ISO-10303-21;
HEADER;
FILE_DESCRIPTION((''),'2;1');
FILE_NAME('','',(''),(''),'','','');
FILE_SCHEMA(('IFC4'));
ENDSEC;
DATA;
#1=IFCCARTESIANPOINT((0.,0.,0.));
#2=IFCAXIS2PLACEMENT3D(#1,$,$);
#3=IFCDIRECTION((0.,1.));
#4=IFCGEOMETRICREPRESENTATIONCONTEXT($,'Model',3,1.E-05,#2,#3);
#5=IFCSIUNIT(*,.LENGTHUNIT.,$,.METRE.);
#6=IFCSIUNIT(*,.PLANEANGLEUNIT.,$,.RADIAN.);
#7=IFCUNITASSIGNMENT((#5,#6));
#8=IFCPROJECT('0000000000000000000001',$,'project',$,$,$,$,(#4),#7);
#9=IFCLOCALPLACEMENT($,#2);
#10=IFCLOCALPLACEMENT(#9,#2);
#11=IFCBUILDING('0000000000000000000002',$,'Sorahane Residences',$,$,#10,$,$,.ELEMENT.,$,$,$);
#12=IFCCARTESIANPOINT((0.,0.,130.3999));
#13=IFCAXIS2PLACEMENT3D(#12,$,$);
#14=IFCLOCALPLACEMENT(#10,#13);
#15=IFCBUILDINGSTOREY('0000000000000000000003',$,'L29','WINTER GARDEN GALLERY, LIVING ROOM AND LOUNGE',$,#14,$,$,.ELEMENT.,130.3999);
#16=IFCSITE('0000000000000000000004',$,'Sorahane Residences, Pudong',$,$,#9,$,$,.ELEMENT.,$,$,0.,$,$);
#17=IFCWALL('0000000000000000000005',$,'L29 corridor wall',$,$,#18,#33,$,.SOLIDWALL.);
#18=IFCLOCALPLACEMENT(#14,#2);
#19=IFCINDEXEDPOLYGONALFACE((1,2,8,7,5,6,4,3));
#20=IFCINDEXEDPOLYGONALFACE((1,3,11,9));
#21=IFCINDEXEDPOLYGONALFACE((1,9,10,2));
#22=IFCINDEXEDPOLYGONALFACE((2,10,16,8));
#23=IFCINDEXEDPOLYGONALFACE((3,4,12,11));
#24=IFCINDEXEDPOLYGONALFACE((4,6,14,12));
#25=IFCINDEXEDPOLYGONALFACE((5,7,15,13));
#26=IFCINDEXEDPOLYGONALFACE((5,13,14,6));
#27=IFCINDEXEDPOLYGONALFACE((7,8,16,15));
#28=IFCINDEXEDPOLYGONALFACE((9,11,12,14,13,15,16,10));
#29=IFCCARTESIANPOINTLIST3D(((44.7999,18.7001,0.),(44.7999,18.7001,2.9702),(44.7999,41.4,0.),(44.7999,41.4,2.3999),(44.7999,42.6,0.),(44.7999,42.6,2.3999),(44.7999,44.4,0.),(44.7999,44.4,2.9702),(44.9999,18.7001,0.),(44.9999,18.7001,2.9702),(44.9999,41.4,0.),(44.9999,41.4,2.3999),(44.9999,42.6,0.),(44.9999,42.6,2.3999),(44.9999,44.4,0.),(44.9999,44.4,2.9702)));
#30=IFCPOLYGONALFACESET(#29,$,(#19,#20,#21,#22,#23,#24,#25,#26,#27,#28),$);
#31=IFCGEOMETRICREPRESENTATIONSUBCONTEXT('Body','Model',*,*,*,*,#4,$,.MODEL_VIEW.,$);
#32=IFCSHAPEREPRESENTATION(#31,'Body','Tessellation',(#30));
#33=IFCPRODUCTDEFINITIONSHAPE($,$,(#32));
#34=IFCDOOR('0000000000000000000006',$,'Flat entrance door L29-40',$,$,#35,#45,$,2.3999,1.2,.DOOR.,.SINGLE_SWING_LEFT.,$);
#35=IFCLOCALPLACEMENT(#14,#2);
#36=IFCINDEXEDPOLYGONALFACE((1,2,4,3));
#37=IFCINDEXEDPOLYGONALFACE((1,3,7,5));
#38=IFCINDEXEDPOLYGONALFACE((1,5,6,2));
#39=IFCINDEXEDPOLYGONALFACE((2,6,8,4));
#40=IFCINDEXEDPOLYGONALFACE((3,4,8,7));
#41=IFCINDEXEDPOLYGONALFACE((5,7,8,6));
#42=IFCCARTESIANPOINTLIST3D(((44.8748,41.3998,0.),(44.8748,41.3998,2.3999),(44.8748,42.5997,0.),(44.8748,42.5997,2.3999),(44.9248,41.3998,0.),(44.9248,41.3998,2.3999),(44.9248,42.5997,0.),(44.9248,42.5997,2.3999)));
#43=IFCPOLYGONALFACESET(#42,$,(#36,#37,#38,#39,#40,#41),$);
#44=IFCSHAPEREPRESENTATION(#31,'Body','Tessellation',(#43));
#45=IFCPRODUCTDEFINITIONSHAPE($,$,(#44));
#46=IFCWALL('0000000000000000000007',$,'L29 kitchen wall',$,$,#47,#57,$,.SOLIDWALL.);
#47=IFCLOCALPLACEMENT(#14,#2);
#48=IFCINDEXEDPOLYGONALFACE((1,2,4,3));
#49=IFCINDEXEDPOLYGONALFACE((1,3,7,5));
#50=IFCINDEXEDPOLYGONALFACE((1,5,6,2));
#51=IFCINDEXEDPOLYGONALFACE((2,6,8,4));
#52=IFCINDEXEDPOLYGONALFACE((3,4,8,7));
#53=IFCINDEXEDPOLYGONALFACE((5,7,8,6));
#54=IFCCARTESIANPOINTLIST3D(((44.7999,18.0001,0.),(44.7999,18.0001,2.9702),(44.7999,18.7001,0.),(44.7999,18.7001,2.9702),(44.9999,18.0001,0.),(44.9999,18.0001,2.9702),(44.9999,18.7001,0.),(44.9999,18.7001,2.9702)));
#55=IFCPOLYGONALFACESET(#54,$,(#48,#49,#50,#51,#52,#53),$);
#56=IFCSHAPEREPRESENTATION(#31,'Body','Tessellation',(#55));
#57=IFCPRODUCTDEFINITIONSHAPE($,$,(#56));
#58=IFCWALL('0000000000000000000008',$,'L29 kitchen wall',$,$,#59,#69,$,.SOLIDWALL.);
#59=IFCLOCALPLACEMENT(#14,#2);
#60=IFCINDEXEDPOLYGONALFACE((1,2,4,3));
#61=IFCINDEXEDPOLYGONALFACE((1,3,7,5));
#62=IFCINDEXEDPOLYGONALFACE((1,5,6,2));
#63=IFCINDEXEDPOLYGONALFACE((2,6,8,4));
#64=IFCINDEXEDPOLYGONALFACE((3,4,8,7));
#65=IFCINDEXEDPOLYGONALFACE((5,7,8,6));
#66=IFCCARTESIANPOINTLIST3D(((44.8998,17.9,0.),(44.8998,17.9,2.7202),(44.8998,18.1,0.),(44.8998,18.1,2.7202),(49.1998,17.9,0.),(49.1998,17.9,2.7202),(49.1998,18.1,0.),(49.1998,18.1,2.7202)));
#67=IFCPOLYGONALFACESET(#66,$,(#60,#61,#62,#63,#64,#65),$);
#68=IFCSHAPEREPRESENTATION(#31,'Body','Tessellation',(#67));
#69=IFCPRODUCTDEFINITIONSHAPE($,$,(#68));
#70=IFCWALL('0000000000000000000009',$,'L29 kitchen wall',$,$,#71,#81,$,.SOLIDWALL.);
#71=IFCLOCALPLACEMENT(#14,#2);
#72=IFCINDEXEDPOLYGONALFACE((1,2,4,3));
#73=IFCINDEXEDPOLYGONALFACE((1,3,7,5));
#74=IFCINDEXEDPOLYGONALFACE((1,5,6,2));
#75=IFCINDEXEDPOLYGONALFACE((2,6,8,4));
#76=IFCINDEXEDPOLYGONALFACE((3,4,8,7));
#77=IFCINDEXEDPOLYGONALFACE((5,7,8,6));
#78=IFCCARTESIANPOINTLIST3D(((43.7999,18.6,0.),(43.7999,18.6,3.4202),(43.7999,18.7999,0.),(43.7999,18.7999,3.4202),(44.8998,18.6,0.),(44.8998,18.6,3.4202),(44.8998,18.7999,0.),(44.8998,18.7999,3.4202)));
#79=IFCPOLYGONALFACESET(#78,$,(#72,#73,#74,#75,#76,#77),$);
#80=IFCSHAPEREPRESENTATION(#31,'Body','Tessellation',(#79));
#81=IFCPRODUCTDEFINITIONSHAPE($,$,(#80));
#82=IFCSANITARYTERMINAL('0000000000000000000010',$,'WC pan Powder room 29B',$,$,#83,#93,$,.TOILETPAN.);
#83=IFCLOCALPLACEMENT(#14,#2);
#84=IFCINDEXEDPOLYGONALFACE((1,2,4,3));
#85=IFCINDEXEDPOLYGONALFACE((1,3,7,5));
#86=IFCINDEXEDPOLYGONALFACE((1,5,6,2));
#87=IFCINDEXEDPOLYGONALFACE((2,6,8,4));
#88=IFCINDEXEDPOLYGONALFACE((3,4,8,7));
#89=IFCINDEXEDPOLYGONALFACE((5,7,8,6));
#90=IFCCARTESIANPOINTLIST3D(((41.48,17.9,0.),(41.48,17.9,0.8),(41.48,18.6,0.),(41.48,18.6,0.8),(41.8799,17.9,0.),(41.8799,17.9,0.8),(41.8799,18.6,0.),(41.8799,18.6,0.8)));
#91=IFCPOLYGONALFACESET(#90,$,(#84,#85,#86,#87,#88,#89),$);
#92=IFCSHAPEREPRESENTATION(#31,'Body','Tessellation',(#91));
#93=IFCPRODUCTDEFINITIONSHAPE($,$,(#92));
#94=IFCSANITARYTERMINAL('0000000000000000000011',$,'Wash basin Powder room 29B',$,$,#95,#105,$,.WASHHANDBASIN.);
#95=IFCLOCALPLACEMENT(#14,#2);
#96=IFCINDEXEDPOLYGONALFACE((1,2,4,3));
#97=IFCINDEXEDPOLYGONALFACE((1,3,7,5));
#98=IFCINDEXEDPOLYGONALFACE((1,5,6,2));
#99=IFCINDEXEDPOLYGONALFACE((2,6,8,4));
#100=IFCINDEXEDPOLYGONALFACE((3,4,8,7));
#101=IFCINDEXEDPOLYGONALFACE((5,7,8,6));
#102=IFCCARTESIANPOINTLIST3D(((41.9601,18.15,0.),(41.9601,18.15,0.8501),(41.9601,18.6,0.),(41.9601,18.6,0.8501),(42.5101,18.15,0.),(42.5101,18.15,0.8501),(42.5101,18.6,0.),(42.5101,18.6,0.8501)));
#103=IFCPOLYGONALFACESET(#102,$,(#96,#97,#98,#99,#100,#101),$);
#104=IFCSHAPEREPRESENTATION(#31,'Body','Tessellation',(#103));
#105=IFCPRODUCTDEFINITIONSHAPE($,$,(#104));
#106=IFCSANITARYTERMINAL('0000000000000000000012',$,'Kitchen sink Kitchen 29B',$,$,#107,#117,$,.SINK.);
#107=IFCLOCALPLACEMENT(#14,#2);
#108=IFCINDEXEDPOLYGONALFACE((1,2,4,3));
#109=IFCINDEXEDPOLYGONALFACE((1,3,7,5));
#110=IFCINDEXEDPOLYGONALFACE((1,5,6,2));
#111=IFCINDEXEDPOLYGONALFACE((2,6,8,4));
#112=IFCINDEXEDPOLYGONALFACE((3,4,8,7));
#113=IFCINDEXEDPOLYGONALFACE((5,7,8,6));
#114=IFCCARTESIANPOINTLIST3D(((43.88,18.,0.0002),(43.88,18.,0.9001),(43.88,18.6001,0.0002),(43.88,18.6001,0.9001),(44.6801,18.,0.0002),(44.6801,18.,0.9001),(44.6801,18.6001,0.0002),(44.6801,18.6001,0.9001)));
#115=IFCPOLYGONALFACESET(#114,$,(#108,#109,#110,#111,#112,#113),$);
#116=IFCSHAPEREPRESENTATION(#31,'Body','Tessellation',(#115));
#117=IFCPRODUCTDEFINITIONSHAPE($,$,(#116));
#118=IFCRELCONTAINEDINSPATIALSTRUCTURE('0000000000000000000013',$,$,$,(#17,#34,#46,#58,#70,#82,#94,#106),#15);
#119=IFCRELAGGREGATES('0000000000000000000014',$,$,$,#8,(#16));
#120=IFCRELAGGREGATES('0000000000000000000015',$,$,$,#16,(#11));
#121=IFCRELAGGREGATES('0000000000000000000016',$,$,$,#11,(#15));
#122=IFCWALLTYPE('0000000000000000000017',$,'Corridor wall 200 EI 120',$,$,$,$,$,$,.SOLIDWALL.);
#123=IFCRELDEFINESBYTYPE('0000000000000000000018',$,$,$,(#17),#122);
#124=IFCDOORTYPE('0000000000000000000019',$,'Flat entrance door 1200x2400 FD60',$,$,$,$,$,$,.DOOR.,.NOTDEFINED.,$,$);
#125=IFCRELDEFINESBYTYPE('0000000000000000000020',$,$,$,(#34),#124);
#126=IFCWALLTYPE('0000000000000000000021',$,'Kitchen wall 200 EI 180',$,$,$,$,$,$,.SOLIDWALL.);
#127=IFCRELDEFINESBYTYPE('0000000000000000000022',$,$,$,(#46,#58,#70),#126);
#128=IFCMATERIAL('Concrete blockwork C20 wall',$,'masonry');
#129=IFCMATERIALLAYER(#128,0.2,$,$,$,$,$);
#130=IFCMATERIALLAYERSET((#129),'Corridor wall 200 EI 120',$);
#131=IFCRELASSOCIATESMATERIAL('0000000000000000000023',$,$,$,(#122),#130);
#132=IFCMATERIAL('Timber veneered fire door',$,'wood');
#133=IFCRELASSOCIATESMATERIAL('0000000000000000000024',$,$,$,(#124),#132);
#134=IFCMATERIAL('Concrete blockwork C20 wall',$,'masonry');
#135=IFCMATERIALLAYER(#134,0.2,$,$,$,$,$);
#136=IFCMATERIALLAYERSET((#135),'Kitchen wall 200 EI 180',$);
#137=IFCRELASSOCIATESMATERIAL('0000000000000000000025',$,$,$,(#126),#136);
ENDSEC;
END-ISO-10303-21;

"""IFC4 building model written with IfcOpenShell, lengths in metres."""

from ifc_helpers import new_model, si_unit, direction, frame, frame_2d, origin, origin_2d, place, context, subcontext, project, spatial, rectangle, extrude, material, layer, layer_set, type_object, element, fill, save


model = new_model("IFC4")

# Units and contexts
model_context = context("Model", 3, precision=1e-05, world=origin(), true_north=direction((0.0, 1.0)))
body_context = subcontext(model_context, "Body", "Model", "MODEL_VIEW")
ifc_project = project(units=[si_unit("LENGTHUNIT", "METRE"), si_unit("PLANEANGLEUNIT", "RADIAN")], contexts=[model_context])

# Site, building, storey
site_placement = place(None, origin())
site = spatial("IfcSite", under=ifc_project, at=site_placement, Name="Sorahane Residences, Pudong", CompositionType="ELEMENT", RefElevation=0.0)
building_placement = place(site_placement, origin())
building = spatial("IfcBuilding", under=site, at=building_placement, Name="Sorahane Residences", CompositionType="ELEMENT")
storey_placement = place(building_placement, frame((0.0, 0.0, 130.3999)))
storey = spatial("IfcBuildingStorey", under=building, at=storey_placement, Name="L29", Description="WINTER GARDEN GALLERY, LIVING ROOM AND LOUNGE", CompositionType="ELEMENT", Elevation=130.3999)

# Wall, opening, door
ifc_material_1 = material(Name="Concrete blockwork C20 wall", Category="masonry")
ifc_layer_1 = layer(ifc_material_1, 0.2)
ifc_layer_set_1 = layer_set([ifc_layer_1], Name="Corridor wall 200 EI 120")
wall_type_1 = type_object("IfcWallType", Name="Corridor wall 200 EI 120", PredefinedType="SOLIDWALL", material=ifc_layer_set_1)
wall_1_placement = place(storey_placement, frame((44.8999, 18.7, 0.0), z_axis=(0.0, 0.0, 1.0), x_axis=(0.0, 1.0, 0.0)))
wall_1 = element("IfcWall", 1, at=wall_1_placement, inside=storey, type_object=wall_type_1, Name="L29 corridor wall", PredefinedType="SOLIDWALL", context=body_context, shape_type="SweptSolid", body=[
    extrude(rectangle(XDim=25.7, YDim=0.2, at=frame_2d((12.8501, 0.0))), origin(), (0.0, 0.0, 1.0), 2.9702),
])
opening_1_placement = place(wall_1_placement, frame((22.7, 0.0, 0.0)))
opening_1 = element("IfcOpeningElement", 2, at=opening_1_placement, cuts=wall_1, PredefinedType="OPENING", context=body_context, shape_type="SweptSolid", body=[
    extrude(rectangle(XDim=1.2, YDim=2.3999, at=frame_2d((0.6001, 1.2))), frame((0.0, 0.1099, 0.0), z_axis=(0.0, -1.0, 0.0), x_axis=(1.0, 0.0, 0.0)), (0.0, 0.0, 1.0), 0.22),
])
ifc_material_2 = material(Name="Timber veneered fire door", Category="wood")
door_type_1 = type_object("IfcDoorType", Name="Flat entrance door 1200x2400 FD60", OperationType="NOTDEFINED", PredefinedType="DOOR", material=ifc_material_2)
door_1_placement = place(opening_1_placement, frame((1.2, 0.0, 0.0), z_axis=(0.0, 0.0, 1.0), x_axis=(-1.0, 0.0, 0.0)))
door_1 = element("IfcDoor", 3, at=door_1_placement, inside=storey, type_object=door_type_1, Name="Flat entrance door L29-40", OperationType="SINGLE_SWING_LEFT", OverallHeight=2.3999, OverallWidth=1.2, PredefinedType="DOOR", context=body_context, shape_type="SweptSolid", body=[
    extrude(rectangle(XDim=1.2, YDim=2.3999, at=frame_2d((0.6001, 1.2))), frame((0.0, 0.0249, 0.0), z_axis=(0.0, -1.0, 0.0), x_axis=(1.0, 0.0, 0.0)), (0.0, 0.0, 1.0), 0.05),
])
fill(opening_1, door_1)

# Wall
ifc_material_3 = material(Name="Concrete blockwork C20 wall", Category="masonry")
ifc_layer_2 = layer(ifc_material_3, 0.2)
ifc_layer_set_2 = layer_set([ifc_layer_2], Name="Kitchen wall 200 EI 180")
wall_type_2 = type_object("IfcWallType", Name="Kitchen wall 200 EI 180", PredefinedType="SOLIDWALL", material=ifc_layer_set_2)
wall_2_placement = place(storey_placement, frame((44.8999, 18.0, 0.0), z_axis=(0.0, 0.0, 1.0), x_axis=(0.0, 1.0, 0.0)))
element("IfcWall", 4, at=wall_2_placement, inside=storey, type_object=wall_type_2, Name="L29 kitchen wall", PredefinedType="SOLIDWALL", context=body_context, shape_type="SweptSolid", body=[
    extrude(rectangle(XDim=0.7, YDim=0.2, at=frame_2d((0.3501, 0.0))), origin(), (0.0, 0.0, 1.0), 2.9702),
])

# Walls
wall_3_placement = place(storey_placement, frame((44.8999, 18.0, 0.0), z_axis=(0.0, 0.0, 1.0), x_axis=(1.0, 0.0, 0.0)))
element("IfcWall", 5, at=wall_3_placement, inside=storey, type_object=wall_type_2, Name="L29 kitchen wall", PredefinedType="SOLIDWALL", context=body_context, shape_type="SweptSolid", body=[
    extrude(rectangle(XDim=4.3, YDim=0.2, at=frame_2d((2.1499, 0.0))), origin(), (0.0, 0.0, 1.0), 2.7202),
])
wall_4_placement = place(storey_placement, frame((43.8, 18.7, 0.0), z_axis=(0.0, 0.0, 1.0), x_axis=(1.0, 0.0, 0.0)))
element("IfcWall", 6, at=wall_4_placement, inside=storey, type_object=wall_type_2, Name="L29 kitchen wall", PredefinedType="SOLIDWALL", context=body_context, shape_type="SweptSolid", body=[
    extrude(rectangle(XDim=1.0999, YDim=0.2, at=frame_2d((0.5498, 0.0))), origin(), (0.0, 0.0, 1.0), 3.4202),
])

# Sanitary terminals
sanitary_terminal_1_placement = place(storey_placement, frame((41.6799, 18.25, 0.0), z_axis=(0.0, 0.0, 1.0), x_axis=(1.0, 0.0, 0.0)))
element("IfcSanitaryTerminal", 7, at=sanitary_terminal_1_placement, inside=storey, Name="WC pan Powder room 29B", PredefinedType="TOILETPAN", context=body_context, shape_type="SweptSolid", body=[
    extrude(rectangle(XDim=0.3999, YDim=0.7, at=origin_2d()), origin(), (0.0, 0.0, 1.0), 0.8),
])
sanitary_terminal_2_placement = place(storey_placement, frame((42.2351, 18.375, 0.0), z_axis=(0.0, 0.0, 1.0), x_axis=(1.0, 0.0, 0.0)))
element("IfcSanitaryTerminal", 8, at=sanitary_terminal_2_placement, inside=storey, Name="Wash basin Powder room 29B", PredefinedType="WASHHANDBASIN", context=body_context, shape_type="SweptSolid", body=[
    extrude(rectangle(XDim=0.55, YDim=0.45, at=origin_2d()), origin(), (0.0, 0.0, 1.0), 0.8501),
])
sanitary_terminal_3_placement = place(storey_placement, frame((44.28, 18.3, 0.0002), z_axis=(0.0, 0.0, 1.0), x_axis=(1.0, 0.0, 0.0)))
element("IfcSanitaryTerminal", 9, at=sanitary_terminal_3_placement, inside=storey, Name="Kitchen sink Kitchen 29B", PredefinedType="SINK", context=body_context, shape_type="SweptSolid", body=[
    extrude(rectangle(XDim=0.8, YDim=0.6001, at=origin_2d()), origin(), (0.0, 0.0, 1.0), 0.8999),
])

save(model, "model.ifc")
